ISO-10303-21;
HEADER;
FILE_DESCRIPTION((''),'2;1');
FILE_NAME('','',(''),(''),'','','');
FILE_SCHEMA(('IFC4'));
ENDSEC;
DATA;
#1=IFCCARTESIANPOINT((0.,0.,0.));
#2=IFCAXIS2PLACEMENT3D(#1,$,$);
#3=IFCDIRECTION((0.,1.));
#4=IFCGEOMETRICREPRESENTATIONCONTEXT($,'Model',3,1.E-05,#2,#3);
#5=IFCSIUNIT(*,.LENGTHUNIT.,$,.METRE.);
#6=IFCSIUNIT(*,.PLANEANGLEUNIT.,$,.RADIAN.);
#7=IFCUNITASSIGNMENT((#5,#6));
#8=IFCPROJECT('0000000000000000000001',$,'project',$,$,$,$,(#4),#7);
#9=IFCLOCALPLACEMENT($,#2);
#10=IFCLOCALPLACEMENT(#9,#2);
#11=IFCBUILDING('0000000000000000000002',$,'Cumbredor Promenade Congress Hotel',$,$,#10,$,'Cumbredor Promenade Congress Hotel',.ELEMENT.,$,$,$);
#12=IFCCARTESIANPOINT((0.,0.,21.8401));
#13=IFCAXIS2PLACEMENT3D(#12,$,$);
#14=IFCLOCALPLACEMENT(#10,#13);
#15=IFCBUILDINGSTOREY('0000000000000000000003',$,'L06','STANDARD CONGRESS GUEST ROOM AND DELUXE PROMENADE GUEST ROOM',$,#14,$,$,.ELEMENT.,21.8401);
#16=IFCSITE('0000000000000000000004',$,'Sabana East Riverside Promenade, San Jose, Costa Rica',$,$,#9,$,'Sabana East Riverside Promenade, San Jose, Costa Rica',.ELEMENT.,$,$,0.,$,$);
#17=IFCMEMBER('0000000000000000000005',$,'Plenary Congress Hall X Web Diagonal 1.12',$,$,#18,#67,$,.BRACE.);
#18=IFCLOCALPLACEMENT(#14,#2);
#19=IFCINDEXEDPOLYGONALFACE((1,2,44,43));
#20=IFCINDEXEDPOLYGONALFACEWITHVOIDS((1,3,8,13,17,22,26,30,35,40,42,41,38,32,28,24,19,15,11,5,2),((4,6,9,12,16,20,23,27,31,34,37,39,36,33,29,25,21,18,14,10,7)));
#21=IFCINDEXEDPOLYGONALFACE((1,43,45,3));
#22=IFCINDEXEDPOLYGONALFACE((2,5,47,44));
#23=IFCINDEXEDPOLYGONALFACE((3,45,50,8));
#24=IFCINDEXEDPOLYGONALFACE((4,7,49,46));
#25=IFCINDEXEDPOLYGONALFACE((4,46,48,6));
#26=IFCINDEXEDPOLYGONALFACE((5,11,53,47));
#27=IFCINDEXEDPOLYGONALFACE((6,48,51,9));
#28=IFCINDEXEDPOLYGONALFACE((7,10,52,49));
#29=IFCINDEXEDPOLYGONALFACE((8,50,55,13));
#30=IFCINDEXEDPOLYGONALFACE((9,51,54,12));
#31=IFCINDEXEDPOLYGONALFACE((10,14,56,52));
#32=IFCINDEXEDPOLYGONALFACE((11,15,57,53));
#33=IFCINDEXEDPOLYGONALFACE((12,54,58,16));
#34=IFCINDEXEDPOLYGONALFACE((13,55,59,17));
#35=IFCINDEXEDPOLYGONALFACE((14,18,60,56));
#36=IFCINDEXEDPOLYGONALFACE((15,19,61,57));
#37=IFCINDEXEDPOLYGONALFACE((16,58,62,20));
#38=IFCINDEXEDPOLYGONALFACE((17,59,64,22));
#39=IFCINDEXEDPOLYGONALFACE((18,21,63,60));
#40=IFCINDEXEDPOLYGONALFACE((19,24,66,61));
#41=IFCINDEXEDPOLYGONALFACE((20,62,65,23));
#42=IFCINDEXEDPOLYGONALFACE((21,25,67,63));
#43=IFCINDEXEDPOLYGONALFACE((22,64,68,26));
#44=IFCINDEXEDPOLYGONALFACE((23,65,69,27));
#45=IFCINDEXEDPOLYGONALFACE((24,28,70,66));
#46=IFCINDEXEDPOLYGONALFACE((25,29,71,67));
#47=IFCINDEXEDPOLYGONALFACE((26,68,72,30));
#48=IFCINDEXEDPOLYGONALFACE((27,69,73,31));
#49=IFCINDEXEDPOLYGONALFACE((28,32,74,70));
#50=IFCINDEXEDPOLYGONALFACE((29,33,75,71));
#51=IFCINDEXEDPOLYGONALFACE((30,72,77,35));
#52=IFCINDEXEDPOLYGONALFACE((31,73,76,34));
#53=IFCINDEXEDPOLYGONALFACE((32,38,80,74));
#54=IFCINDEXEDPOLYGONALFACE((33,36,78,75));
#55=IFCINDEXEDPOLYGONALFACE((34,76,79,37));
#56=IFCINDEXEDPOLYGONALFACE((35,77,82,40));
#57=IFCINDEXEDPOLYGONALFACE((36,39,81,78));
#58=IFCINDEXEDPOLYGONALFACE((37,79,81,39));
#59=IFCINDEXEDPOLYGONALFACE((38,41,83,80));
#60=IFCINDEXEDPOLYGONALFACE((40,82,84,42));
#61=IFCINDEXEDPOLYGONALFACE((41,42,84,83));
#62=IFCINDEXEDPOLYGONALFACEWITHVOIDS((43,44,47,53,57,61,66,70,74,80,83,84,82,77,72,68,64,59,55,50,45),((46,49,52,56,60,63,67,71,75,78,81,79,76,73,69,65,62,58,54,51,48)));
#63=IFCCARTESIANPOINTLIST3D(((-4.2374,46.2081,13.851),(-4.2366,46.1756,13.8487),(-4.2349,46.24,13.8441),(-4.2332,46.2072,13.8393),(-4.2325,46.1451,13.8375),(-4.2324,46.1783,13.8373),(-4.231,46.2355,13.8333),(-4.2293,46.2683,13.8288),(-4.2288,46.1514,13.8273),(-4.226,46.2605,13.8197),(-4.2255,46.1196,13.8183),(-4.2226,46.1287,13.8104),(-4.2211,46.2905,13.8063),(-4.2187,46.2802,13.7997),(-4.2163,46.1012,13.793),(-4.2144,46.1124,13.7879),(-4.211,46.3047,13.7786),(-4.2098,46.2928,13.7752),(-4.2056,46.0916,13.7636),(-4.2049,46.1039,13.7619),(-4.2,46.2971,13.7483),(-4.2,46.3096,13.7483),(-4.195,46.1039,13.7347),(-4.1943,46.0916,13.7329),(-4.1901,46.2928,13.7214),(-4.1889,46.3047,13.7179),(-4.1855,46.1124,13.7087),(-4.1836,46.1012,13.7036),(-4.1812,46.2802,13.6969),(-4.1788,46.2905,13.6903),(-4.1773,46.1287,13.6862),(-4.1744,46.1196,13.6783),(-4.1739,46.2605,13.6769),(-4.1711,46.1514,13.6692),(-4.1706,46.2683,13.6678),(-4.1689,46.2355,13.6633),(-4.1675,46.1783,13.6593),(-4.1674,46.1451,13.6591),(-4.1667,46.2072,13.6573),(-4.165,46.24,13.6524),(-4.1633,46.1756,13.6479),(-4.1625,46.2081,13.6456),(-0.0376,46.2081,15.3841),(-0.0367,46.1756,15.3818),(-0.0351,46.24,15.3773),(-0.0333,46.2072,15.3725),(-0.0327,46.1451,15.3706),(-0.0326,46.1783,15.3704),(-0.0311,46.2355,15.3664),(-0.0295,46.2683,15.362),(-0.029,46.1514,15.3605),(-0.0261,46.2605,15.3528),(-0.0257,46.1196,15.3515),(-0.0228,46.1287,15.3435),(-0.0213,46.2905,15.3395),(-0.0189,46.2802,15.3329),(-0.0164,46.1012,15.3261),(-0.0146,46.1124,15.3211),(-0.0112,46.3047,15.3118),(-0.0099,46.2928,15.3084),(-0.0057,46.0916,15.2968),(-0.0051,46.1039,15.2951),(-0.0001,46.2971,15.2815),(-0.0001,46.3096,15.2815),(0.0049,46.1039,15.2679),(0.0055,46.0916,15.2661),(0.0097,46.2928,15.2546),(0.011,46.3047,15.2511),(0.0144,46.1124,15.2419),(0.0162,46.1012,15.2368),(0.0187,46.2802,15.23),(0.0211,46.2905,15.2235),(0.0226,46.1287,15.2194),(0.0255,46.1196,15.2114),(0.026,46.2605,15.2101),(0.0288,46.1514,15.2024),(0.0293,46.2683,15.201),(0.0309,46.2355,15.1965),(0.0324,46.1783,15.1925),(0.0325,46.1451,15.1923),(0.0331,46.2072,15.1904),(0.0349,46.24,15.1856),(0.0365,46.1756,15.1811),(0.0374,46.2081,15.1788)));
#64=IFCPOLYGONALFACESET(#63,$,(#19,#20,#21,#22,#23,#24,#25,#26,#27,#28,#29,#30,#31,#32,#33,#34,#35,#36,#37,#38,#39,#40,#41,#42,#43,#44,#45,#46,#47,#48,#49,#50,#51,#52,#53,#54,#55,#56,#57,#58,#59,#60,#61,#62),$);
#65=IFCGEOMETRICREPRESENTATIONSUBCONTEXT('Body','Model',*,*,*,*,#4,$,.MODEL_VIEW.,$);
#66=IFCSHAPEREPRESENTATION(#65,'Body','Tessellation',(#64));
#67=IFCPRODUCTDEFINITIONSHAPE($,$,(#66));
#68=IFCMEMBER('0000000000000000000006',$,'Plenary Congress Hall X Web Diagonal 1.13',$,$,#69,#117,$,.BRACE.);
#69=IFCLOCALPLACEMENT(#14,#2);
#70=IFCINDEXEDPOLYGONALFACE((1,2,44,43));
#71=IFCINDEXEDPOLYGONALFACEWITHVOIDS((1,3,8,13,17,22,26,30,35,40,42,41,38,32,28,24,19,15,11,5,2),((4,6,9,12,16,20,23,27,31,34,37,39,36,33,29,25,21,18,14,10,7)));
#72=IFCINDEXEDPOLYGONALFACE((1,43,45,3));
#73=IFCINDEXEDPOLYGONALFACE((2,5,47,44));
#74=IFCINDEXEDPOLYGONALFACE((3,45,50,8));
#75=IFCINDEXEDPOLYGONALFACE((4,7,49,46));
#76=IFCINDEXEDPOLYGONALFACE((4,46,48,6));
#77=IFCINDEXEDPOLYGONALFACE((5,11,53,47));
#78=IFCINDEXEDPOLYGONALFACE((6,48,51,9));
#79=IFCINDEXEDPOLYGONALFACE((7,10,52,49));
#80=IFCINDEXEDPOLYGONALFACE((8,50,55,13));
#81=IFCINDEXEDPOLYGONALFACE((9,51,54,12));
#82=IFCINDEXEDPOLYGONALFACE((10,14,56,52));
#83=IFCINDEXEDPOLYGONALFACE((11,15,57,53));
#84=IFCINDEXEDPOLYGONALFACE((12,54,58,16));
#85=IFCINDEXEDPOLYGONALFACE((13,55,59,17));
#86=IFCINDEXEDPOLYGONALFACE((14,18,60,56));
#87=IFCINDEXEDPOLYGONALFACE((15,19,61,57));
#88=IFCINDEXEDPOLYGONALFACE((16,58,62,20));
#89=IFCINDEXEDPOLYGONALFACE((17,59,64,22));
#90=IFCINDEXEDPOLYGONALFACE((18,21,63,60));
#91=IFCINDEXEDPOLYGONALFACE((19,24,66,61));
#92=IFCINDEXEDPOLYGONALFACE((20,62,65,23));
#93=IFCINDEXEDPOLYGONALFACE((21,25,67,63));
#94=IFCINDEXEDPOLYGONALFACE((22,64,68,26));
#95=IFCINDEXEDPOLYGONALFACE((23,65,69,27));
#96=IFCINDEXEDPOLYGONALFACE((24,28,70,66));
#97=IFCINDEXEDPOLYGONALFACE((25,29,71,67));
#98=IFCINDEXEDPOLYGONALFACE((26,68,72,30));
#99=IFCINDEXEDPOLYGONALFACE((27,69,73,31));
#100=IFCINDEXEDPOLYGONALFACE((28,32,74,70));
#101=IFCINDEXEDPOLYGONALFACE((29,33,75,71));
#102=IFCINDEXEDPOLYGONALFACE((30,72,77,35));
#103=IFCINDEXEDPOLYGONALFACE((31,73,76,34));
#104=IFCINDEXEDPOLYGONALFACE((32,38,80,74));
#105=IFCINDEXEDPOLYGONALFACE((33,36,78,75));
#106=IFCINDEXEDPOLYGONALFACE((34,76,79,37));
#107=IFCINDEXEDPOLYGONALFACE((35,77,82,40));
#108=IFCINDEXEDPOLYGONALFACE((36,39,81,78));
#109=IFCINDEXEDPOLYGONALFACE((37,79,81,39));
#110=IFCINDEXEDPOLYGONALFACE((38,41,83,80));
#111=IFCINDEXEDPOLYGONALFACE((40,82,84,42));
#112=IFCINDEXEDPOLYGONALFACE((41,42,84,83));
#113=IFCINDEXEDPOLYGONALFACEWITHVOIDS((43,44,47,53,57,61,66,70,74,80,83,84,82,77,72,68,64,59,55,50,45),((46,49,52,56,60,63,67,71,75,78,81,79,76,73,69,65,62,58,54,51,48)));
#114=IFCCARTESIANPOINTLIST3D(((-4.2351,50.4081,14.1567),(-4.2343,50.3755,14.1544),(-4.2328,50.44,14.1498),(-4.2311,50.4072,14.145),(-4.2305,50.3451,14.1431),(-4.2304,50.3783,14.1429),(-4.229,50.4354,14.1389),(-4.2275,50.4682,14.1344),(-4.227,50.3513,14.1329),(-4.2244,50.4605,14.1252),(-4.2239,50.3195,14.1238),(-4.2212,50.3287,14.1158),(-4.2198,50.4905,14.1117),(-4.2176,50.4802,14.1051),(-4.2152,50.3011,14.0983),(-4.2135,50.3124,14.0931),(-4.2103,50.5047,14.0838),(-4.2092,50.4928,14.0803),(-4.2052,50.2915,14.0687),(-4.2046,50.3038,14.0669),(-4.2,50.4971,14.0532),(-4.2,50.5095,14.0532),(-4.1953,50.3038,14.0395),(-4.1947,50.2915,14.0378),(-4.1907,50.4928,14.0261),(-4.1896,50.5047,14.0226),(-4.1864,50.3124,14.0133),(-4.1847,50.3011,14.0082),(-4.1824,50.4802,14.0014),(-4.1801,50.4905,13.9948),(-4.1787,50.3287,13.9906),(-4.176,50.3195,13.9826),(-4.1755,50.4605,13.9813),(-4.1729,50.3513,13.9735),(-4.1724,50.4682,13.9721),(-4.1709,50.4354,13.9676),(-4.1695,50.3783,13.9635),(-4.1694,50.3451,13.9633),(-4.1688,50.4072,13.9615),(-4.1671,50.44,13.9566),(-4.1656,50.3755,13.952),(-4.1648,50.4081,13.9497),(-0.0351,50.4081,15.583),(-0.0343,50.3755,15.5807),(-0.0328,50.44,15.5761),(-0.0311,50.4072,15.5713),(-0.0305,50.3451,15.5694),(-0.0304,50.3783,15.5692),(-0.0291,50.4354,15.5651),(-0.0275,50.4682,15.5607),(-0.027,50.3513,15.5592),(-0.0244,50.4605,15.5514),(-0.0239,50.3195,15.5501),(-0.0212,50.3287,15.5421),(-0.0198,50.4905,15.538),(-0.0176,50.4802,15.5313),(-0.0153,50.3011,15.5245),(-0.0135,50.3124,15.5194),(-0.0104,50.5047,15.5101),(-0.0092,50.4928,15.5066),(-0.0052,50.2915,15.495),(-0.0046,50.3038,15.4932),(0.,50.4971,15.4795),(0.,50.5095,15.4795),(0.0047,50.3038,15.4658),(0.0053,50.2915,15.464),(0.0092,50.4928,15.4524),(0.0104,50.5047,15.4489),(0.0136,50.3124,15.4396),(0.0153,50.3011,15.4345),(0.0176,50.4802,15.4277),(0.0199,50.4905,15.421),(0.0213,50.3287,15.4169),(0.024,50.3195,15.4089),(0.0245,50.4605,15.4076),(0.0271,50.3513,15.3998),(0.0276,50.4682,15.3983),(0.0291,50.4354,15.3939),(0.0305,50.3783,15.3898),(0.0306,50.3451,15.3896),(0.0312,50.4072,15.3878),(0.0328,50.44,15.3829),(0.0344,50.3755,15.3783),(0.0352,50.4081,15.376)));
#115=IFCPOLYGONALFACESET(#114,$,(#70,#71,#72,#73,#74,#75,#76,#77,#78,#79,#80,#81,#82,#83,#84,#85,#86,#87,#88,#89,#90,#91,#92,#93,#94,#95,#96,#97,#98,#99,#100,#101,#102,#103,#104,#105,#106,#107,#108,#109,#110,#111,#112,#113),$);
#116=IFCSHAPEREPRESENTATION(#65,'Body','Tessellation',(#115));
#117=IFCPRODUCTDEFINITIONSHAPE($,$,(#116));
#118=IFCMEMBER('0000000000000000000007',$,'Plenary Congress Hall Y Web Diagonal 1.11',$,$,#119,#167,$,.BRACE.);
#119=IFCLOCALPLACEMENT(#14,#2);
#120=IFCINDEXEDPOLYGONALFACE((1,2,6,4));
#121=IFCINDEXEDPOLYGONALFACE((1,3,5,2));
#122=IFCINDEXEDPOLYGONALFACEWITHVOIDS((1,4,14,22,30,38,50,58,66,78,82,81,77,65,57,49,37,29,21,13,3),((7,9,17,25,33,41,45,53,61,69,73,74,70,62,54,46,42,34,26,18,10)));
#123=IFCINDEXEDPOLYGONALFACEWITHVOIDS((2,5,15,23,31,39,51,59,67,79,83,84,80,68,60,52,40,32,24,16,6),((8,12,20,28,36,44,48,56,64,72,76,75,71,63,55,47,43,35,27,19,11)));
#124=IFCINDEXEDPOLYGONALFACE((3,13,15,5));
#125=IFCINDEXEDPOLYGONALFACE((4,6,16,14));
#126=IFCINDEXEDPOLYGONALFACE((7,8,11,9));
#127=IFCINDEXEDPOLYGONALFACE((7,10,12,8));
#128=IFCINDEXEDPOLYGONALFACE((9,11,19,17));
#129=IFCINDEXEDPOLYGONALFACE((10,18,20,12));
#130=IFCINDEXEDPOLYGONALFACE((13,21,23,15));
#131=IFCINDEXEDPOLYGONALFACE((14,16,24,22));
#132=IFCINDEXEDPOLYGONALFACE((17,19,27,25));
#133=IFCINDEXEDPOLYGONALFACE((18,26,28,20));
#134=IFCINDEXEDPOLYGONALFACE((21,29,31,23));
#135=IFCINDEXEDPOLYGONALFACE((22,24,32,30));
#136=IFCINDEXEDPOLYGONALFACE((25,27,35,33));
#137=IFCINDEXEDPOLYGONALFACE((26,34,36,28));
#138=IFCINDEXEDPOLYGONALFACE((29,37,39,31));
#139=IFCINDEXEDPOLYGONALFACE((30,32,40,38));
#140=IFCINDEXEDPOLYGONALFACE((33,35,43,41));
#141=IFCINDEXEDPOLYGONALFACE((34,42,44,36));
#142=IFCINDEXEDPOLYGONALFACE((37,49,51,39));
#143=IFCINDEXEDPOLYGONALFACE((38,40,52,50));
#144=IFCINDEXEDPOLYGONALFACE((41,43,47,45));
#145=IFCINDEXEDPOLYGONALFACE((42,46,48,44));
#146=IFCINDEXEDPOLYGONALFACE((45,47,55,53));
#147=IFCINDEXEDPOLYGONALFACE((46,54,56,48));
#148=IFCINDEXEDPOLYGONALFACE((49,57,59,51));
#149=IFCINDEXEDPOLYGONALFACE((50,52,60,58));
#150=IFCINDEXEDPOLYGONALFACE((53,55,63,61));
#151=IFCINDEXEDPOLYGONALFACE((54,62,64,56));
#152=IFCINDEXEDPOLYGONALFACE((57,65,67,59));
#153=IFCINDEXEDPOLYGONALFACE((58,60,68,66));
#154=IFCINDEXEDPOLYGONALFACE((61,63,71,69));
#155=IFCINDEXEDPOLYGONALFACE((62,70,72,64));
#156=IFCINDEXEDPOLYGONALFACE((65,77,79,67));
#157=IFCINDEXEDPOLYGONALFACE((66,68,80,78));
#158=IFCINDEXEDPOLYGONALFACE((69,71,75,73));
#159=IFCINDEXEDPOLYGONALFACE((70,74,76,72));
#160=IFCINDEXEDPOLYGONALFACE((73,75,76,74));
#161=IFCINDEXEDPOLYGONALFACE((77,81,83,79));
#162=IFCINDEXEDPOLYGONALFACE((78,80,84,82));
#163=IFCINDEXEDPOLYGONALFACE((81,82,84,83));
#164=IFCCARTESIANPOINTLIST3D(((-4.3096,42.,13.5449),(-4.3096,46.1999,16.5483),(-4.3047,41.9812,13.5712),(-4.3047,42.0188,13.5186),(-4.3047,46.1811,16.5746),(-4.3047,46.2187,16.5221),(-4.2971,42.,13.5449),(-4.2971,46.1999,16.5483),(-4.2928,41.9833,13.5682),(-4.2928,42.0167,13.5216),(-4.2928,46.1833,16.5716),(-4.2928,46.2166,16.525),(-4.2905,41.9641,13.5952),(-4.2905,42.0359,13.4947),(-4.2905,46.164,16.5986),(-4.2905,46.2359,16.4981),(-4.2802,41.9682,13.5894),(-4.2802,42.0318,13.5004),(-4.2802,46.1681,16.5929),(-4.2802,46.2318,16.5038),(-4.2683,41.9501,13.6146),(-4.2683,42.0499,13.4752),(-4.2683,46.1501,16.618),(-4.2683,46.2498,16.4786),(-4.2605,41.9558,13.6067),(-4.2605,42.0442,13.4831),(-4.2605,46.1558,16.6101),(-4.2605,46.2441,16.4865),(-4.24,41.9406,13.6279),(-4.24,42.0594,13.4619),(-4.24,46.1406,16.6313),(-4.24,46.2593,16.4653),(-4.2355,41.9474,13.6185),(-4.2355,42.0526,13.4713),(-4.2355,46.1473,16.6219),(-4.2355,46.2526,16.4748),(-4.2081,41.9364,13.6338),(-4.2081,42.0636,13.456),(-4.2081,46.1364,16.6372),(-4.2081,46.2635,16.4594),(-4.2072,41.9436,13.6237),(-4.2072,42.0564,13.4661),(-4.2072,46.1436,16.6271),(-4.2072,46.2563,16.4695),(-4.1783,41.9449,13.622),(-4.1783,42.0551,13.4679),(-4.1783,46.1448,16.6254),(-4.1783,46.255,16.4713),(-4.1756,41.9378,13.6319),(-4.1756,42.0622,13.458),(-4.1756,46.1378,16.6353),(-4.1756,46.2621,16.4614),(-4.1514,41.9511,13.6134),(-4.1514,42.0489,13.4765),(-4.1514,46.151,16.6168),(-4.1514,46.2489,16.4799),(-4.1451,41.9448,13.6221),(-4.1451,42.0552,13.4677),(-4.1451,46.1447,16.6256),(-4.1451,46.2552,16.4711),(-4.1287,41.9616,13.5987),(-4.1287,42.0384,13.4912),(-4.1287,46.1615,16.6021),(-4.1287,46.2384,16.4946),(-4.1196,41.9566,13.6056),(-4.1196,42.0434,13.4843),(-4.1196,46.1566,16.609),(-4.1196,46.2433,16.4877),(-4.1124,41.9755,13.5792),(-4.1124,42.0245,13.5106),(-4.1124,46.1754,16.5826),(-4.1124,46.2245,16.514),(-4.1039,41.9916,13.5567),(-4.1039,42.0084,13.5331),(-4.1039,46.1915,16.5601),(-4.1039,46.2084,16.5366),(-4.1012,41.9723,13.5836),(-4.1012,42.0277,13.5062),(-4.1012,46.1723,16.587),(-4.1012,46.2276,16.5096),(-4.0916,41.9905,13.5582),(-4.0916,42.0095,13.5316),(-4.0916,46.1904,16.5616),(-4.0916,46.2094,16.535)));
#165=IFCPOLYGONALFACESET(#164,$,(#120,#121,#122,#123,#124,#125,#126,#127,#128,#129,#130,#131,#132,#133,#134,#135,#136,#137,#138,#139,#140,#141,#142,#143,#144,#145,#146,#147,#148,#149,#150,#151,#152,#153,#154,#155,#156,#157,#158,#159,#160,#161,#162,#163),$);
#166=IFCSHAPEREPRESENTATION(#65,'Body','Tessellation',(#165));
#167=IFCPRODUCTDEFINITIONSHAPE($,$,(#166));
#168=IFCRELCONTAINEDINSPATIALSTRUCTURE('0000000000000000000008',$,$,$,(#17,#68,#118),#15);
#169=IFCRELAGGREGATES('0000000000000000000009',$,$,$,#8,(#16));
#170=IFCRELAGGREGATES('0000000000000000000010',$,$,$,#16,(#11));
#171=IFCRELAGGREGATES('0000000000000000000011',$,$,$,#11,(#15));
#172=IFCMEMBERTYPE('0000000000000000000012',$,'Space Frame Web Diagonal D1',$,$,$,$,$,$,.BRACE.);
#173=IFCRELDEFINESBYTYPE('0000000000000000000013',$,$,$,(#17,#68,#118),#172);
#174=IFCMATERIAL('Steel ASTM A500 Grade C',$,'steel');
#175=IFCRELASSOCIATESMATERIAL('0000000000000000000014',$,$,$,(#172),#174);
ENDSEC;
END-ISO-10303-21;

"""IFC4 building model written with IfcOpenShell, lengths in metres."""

from ifc_helpers import new_model, si_unit, direction, frame, origin, origin_2d, place, context, subcontext, project, spatial, hollow_circle, extrude, material, material_profile, profile_set, type_object, element, save


model = new_model("IFC4")

# Units and contexts
model_context = context("Model", 3, precision=1e-05, world=origin(), true_north=direction((0.0, 1.0)))
body_context = subcontext(model_context, "Body", "Model", "MODEL_VIEW")
ifc_project = project(units=[si_unit("LENGTHUNIT", "METRE"), si_unit("PLANEANGLEUNIT", "RADIAN")], contexts=[model_context])

# Site, building, storey
site_placement = place(None, origin())
site = spatial("IfcSite", under=ifc_project, at=site_placement, Name="Sabana East Riverside Promenade, San Jose, Costa Rica", LongName="Sabana East Riverside Promenade, San Jose, Costa Rica", CompositionType="ELEMENT", RefElevation=0.0)
building_placement = place(site_placement, origin())
building = spatial("IfcBuilding", under=site, at=building_placement, Name="Cumbredor Promenade Congress Hotel", LongName="Cumbredor Promenade Congress Hotel", CompositionType="ELEMENT")
storey_placement = place(building_placement, frame((0.0, 0.0, 21.8401)))
storey = spatial("IfcBuildingStorey", under=building, at=storey_placement, Name="L06", Description="STANDARD CONGRESS GUEST ROOM AND DELUXE PROMENADE GUEST ROOM", CompositionType="ELEMENT", Elevation=21.8401)

# Members
ifc_material_1 = material(Name="Steel ASTM A500 Grade C", Category="steel")
ifc_material_profile_1 = material_profile(ifc_material_1, hollow_circle(Radius=0.1096, WallThickness=0.0125, at=origin_2d()), Name="CHS 219.1x12.5")
ifc_profile_set_1 = profile_set([ifc_material_profile_1], Name="Steel ASTM A500 Grade C")
member_type_1 = type_object("IfcMemberType", Name="Space Frame Web Diagonal D1", PredefinedType="BRACE", material=ifc_profile_set_1)
member_1_placement = place(storey_placement, frame((-4.2, 46.2, 13.7483), z_axis=(0.939365, 0.0, 0.342918), x_axis=(0.0, 1.0, 0.0)))
element("IfcMember", 1, at=member_1_placement, inside=storey, type_object=member_type_1, Name="Plenary Congress Hall X Web Diagonal 1.12", PredefinedType="BRACE", context=body_context, shape_type="SweptSolid", body=[
    extrude(hollow_circle(Radius=0.1096, WallThickness=0.0125, at=origin_2d()), origin(), (0.0, 0.0, 1.0), 4.4709),
])
member_2_placement = place(storey_placement, frame((-4.2, 50.3999, 14.0532), z_axis=(0.94689, 0.0, 0.321556), x_axis=(0.0, 1.0, 0.0)))
element("IfcMember", 2, at=member_2_placement, inside=storey, type_object=member_type_1, Name="Plenary Congress Hall X Web Diagonal 1.13", PredefinedType="BRACE", context=body_context, shape_type="SweptSolid", body=[
    extrude(hollow_circle(Radius=0.1096, WallThickness=0.0125, at=origin_2d()), origin(), (0.0, 0.0, 1.0), 4.4355),
])
member_3_placement = place(storey_placement, frame((-4.2, 42.0, 13.5449), z_axis=(0.0, 0.813417, 0.581681), x_axis=(-1.0, 0.0, 0.0)))
element("IfcMember", 3, at=member_3_placement, inside=storey, type_object=member_type_1, Name="Plenary Congress Hall Y Web Diagonal 1.11", PredefinedType="BRACE", context=body_context, shape_type="SweptSolid", body=[
    extrude(hollow_circle(Radius=0.1096, WallThickness=0.0125, at=origin_2d()), origin(), (0.0, 0.0, 1.0), 5.1633),
])

save(model, "model.ifc")
